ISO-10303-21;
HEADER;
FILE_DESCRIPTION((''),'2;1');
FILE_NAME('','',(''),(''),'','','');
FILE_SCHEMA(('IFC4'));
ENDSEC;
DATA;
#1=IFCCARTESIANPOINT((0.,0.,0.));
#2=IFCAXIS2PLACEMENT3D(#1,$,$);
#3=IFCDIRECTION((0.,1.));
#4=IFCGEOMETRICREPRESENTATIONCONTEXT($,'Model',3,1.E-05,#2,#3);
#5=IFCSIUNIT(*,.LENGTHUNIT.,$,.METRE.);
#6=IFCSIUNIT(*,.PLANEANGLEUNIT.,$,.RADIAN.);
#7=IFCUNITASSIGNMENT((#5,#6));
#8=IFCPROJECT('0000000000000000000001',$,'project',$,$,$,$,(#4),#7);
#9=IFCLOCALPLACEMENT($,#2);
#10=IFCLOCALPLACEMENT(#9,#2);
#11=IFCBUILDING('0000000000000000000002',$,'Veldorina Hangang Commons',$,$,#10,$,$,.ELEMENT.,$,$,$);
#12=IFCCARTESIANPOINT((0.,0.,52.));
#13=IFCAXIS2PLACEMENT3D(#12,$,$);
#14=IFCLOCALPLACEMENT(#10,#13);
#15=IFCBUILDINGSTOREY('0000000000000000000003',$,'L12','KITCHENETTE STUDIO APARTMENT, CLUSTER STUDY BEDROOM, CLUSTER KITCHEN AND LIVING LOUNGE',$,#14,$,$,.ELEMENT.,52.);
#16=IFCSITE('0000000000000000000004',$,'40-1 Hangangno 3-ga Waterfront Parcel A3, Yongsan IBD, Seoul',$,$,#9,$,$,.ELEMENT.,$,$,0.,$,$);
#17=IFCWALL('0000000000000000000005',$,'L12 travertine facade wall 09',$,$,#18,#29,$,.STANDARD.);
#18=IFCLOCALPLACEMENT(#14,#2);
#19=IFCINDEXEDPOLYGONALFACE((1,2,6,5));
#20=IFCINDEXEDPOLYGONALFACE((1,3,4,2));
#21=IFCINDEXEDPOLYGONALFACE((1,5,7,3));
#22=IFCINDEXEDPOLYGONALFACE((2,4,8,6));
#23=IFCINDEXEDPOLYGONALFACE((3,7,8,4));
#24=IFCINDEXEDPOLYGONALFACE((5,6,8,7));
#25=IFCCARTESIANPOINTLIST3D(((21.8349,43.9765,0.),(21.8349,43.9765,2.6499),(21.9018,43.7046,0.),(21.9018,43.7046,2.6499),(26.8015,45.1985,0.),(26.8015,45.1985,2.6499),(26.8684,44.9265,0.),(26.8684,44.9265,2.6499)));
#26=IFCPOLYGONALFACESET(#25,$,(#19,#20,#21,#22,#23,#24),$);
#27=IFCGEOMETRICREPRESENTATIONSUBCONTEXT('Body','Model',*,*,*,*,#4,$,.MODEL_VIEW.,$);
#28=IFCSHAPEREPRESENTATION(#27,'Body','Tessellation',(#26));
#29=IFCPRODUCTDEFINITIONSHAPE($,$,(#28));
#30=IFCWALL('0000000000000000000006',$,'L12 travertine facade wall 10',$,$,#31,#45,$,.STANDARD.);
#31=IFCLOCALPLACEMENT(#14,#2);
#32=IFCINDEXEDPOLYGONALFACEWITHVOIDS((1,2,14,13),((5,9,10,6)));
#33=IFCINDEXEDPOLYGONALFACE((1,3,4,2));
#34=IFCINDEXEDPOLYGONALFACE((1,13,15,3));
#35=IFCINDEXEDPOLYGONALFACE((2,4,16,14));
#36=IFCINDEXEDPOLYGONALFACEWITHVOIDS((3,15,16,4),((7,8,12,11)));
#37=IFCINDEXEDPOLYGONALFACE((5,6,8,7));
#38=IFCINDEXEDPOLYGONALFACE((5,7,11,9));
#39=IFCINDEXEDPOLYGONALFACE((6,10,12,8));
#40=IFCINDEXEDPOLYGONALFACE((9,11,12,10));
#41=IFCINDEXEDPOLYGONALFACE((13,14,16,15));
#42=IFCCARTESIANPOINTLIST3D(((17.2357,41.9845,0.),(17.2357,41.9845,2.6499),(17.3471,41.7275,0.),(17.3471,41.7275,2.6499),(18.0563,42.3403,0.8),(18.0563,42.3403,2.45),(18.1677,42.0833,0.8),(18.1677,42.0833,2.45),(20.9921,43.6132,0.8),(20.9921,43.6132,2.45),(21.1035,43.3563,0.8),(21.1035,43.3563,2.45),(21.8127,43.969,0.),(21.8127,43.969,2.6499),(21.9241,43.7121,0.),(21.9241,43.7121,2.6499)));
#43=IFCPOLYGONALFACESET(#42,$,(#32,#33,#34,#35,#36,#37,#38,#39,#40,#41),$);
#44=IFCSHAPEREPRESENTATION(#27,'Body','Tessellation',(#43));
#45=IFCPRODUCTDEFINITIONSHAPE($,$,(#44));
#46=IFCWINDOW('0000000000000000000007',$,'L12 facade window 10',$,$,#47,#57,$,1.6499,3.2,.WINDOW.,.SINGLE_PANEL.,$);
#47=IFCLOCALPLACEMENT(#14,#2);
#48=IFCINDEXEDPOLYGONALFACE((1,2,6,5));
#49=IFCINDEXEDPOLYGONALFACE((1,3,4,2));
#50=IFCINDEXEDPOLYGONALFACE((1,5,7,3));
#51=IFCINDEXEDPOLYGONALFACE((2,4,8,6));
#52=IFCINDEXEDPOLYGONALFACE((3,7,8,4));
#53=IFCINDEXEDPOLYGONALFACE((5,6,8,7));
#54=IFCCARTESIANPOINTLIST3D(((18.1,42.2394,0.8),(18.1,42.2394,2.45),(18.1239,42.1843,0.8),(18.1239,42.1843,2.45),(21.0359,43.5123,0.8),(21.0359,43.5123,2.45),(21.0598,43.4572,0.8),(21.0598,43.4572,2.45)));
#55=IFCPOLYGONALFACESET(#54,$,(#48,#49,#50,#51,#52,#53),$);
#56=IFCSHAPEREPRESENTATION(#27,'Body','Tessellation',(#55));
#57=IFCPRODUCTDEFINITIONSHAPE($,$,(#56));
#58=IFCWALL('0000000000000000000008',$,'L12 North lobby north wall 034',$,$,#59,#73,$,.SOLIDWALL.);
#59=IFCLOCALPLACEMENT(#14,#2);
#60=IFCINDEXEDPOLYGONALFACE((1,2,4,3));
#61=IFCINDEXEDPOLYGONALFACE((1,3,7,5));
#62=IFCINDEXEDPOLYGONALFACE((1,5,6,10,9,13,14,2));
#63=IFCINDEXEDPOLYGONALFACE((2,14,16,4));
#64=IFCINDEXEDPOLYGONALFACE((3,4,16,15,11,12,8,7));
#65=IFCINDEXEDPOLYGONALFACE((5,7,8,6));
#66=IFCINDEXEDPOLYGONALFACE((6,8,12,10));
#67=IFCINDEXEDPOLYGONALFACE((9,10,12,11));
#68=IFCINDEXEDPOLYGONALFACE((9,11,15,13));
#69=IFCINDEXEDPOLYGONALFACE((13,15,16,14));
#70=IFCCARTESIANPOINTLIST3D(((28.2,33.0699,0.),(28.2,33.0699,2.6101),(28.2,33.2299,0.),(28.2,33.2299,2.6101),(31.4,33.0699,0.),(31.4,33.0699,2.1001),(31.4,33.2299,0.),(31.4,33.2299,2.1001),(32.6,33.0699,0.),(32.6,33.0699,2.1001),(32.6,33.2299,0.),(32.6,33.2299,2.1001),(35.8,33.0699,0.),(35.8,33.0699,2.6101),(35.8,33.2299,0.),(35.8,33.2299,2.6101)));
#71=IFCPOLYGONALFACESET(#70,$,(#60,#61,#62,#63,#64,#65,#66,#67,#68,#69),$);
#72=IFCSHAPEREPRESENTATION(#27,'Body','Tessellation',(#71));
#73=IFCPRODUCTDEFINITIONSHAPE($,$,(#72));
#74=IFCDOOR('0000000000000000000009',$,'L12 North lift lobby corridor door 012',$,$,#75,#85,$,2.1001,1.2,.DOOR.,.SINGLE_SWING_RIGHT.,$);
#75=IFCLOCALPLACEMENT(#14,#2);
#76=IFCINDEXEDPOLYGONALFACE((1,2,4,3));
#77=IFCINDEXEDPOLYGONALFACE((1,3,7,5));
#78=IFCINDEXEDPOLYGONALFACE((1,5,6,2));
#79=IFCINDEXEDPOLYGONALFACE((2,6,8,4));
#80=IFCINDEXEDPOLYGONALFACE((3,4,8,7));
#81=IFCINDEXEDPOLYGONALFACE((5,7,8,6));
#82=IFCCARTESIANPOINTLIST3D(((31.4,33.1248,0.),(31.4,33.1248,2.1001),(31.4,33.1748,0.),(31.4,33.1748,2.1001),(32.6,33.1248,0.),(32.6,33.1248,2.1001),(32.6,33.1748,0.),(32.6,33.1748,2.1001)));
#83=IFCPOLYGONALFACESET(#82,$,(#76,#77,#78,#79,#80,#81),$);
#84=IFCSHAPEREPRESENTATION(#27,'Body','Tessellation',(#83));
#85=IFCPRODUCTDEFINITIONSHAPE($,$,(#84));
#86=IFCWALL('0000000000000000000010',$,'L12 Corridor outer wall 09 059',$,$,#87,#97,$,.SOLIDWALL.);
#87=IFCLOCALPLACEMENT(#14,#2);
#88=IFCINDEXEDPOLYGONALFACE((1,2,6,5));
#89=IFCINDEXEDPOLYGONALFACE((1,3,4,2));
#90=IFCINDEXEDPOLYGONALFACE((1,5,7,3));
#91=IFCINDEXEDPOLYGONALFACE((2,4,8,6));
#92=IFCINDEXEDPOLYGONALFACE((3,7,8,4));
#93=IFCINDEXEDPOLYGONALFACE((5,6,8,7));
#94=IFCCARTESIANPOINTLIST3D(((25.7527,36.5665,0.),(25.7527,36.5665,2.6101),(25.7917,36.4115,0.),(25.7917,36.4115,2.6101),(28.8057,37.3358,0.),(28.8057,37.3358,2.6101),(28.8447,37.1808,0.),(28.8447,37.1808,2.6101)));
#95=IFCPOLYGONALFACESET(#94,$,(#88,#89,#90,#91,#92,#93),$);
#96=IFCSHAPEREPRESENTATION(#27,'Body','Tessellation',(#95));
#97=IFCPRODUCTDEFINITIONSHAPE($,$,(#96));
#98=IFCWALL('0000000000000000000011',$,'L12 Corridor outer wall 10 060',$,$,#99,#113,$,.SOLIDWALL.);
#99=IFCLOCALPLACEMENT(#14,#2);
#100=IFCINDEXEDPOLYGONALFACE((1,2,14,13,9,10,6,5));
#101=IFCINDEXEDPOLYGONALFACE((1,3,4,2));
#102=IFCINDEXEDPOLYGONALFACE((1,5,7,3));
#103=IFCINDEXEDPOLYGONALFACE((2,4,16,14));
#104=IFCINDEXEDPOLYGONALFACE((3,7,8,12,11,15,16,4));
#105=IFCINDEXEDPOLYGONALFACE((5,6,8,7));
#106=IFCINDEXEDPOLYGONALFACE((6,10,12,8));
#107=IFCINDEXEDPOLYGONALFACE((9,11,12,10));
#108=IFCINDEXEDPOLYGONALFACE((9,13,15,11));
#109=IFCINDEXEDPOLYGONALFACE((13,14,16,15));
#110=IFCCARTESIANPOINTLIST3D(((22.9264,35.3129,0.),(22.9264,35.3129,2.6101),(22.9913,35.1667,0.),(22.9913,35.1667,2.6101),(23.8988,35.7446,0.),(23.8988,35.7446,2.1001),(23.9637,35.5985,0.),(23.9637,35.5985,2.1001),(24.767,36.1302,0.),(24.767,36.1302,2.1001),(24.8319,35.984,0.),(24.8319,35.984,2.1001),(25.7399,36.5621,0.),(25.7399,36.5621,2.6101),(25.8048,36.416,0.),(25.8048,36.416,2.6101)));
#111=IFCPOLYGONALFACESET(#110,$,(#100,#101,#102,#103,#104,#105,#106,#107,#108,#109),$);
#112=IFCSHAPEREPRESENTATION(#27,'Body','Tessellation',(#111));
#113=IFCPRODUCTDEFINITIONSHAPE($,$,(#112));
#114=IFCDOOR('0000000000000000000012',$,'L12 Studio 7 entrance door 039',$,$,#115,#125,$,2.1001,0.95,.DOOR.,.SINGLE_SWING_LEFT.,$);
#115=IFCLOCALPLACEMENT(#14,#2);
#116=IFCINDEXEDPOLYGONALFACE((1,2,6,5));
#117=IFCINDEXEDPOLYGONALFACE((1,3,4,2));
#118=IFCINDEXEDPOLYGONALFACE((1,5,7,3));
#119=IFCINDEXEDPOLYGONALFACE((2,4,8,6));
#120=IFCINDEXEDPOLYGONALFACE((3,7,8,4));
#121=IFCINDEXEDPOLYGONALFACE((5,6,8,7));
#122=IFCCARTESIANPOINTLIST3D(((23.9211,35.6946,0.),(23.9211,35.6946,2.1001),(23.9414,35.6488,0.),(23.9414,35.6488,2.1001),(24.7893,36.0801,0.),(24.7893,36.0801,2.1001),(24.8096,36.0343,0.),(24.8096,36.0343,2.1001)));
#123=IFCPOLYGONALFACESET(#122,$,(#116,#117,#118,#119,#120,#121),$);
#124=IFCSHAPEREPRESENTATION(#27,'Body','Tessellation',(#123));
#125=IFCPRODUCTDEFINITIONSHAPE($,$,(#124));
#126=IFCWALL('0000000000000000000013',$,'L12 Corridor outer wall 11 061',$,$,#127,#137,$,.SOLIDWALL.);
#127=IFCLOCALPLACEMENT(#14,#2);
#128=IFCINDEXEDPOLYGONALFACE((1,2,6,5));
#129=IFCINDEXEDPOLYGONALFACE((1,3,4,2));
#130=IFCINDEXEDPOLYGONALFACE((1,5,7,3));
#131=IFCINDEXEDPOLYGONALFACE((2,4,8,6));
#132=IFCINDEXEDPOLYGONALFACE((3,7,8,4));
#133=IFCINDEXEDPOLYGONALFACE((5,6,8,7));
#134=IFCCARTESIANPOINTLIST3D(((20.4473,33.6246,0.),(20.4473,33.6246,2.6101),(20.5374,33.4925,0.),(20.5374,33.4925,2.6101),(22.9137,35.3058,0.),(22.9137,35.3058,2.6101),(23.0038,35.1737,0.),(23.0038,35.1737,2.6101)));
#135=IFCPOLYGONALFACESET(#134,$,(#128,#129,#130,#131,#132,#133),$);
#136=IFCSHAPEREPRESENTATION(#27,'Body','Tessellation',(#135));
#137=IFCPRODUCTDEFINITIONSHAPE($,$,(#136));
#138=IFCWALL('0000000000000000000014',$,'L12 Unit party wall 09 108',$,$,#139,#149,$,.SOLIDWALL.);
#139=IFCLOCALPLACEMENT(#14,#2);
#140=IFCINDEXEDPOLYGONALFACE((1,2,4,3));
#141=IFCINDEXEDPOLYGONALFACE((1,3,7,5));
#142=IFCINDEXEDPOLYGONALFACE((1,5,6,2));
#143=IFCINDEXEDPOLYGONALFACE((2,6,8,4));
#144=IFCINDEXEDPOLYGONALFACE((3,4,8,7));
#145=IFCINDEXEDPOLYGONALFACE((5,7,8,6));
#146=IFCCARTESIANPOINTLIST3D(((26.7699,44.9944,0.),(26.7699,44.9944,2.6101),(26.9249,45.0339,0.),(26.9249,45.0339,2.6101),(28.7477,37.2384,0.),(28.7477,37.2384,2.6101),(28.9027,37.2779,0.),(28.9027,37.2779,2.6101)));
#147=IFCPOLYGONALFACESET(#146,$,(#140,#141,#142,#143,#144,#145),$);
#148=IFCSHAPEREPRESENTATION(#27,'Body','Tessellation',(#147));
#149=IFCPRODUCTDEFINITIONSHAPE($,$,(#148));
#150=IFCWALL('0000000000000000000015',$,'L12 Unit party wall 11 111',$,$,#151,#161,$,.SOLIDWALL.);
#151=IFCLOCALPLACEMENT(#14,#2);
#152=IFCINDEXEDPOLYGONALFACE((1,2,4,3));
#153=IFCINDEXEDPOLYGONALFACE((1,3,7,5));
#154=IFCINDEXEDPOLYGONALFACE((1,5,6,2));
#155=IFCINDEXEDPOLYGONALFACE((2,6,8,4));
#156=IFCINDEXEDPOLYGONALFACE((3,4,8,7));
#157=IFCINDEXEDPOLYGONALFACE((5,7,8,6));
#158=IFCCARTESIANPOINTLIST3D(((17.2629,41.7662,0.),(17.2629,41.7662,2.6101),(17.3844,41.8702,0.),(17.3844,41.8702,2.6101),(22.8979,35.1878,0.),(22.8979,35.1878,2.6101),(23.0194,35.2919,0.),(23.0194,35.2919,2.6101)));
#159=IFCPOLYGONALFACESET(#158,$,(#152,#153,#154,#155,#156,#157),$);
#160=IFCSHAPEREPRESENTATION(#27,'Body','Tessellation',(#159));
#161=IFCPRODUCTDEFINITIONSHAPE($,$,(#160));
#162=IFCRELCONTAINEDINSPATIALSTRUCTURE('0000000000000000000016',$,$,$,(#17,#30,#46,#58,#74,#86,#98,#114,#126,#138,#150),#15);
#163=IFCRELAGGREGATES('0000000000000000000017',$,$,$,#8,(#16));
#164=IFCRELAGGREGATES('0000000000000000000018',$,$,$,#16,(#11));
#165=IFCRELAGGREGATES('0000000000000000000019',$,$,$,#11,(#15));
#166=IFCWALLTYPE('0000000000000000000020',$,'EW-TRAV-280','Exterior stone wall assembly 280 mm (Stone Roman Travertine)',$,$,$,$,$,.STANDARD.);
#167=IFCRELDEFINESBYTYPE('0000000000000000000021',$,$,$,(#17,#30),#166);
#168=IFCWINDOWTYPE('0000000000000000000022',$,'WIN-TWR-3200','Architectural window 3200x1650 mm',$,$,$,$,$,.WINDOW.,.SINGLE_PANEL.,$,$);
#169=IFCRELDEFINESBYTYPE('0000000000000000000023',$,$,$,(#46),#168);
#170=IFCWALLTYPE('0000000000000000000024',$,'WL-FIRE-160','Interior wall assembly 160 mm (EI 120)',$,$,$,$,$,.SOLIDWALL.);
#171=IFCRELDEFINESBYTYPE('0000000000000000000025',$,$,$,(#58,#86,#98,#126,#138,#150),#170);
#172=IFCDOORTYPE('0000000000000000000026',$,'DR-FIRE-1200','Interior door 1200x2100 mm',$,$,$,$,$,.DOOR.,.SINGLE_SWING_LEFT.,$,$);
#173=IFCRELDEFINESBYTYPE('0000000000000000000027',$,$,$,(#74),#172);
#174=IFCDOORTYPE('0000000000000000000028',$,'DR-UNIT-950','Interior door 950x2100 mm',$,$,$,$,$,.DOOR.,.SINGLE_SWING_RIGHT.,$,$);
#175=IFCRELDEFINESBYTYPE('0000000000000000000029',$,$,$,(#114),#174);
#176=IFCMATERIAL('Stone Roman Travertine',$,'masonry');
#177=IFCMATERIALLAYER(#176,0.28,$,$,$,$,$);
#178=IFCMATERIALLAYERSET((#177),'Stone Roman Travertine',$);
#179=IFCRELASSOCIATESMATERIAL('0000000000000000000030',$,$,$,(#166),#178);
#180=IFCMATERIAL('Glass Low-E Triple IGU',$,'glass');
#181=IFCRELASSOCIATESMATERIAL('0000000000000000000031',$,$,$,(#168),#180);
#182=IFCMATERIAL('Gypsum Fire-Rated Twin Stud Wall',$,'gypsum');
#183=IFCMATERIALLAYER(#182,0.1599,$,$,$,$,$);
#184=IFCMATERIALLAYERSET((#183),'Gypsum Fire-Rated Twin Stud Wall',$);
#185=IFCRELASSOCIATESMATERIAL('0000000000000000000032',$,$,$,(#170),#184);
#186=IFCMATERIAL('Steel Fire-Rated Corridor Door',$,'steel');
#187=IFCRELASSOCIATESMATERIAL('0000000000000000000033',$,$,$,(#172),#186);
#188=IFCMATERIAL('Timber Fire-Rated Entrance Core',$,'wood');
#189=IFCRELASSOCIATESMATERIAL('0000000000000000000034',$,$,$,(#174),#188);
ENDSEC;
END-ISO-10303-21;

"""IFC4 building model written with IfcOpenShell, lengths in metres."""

from ifc_helpers import new_model, si_unit, direction, frame, frame_2d, origin, place, context, subcontext, project, spatial, rectangle, extrude, material, layer, layer_set, type_object, element, fill, save


model = new_model("IFC4")

# Units and contexts
model_context = context("Model", 3, precision=1e-05, world=origin(), true_north=direction((0.0, 1.0)))
body_context = subcontext(model_context, "Body", "Model", "MODEL_VIEW")
ifc_project = project(units=[si_unit("LENGTHUNIT", "METRE"), si_unit("PLANEANGLEUNIT", "RADIAN")], contexts=[model_context])

# Site, building, storey
site_placement = place(None, origin())
site = spatial("IfcSite", under=ifc_project, at=site_placement, Name="40-1 Hangangno 3-ga Waterfront Parcel A3, Yongsan IBD, Seoul", CompositionType="ELEMENT", RefElevation=0.0)
building_placement = place(site_placement, origin())
building = spatial("IfcBuilding", under=site, at=building_placement, Name="Veldorina Hangang Commons", CompositionType="ELEMENT")
storey_placement = place(building_placement, frame((0.0, 0.0, 52.0)))
storey = spatial("IfcBuildingStorey", under=building, at=storey_placement, Name="L12", Description="KITCHENETTE STUDIO APARTMENT, CLUSTER STUDY BEDROOM, CLUSTER KITCHEN AND LIVING LOUNGE", CompositionType="ELEMENT", Elevation=52.0)

# Wall
ifc_material_1 = material(Name="Stone Roman Travertine", Category="masonry")
ifc_layer_1 = layer(ifc_material_1, 0.28)
ifc_layer_set_1 = layer_set([ifc_layer_1], Name="Stone Roman Travertine")
wall_type_1 = type_object("IfcWallType", Name="EW-TRAV-280", Description="Exterior stone wall assembly 280 mm (Stone Roman Travertine)", PredefinedType="STANDARD", material=ifc_layer_set_1)
wall_1_placement = place(storey_placement, frame((26.835, 45.0625, 0.0), z_axis=(0.0, 0.0, 1.0), x_axis=(-0.971043, -0.238906, 0.0)))
element("IfcWall", 1, at=wall_1_placement, inside=storey, type_object=wall_type_1, Name="L12 travertine facade wall 09", PredefinedType="STANDARD", context=body_context, shape_type="SweptSolid", body=[
    extrude(rectangle(XDim=5.1147, YDim=0.28, at=frame_2d((2.5574, 0.0))), origin(), (0.0, 0.0, 1.0), 2.6499),
])

# Wall, opening, window
wall_2_placement = place(storey_placement, frame((21.8684, 43.8406, 0.0), z_axis=(0.0, 0.0, 1.0), x_axis=(-0.917469, -0.397808, 0.0)))
wall_2 = element("IfcWall", 2, at=wall_2_placement, inside=storey, type_object=wall_type_1, Name="L12 travertine facade wall 10", PredefinedType="STANDARD", context=body_context, shape_type="SweptSolid", body=[
    extrude(rectangle(XDim=4.9888, YDim=0.28, at=frame_2d((2.4944, 0.0))), origin(), (0.0, 0.0, 1.0), 2.6499),
])
opening_1_placement = place(wall_2_placement, frame((0.8943, 0.0, 0.8)))
opening_1 = element("IfcOpeningElement", 3, at=opening_1_placement, cuts=wall_2, PredefinedType="OPENING", context=body_context, shape_type="SweptSolid", body=[
    extrude(rectangle(XDim=3.2, YDim=1.6499, at=frame_2d((1.6001, 0.825))), frame((0.0, 0.1499, 0.0), z_axis=(0.0, -1.0, 0.0), x_axis=(1.0, 0.0, 0.0)), (0.0, 0.0, 1.0), 0.3),
])
ifc_material_2 = material(Name="Glass Low-E Triple IGU", Category="glass")
window_type = type_object("IfcWindowType", Name="WIN-TWR-3200", Description="Architectural window 3200x1650 mm", PartitioningType="SINGLE_PANEL", PredefinedType="WINDOW", material=ifc_material_2)
window_placement = place(opening_1_placement, origin())
window = element("IfcWindow", 4, at=window_placement, inside=storey, type_object=window_type, Name="L12 facade window 10", OverallHeight=1.6499, OverallWidth=3.2, PartitioningType="SINGLE_PANEL", PredefinedType="WINDOW", context=body_context, shape_type="SweptSolid", body=[
    extrude(rectangle(XDim=3.2, YDim=1.6499, at=frame_2d((1.6001, 0.825))), frame((0.0, 0.03, 0.0), z_axis=(0.0, -1.0, 0.0), x_axis=(1.0, 0.0, 0.0)), (0.0, 0.0, 1.0), 0.0601),
])
fill(opening_1, window)

# Wall, opening, door
ifc_material_3 = material(Name="Gypsum Fire-Rated Twin Stud Wall", Category="gypsum")
ifc_layer_2 = layer(ifc_material_3, 0.1599)
ifc_layer_set_2 = layer_set([ifc_layer_2], Name="Gypsum Fire-Rated Twin Stud Wall")
wall_type_2 = type_object("IfcWallType", Name="WL-FIRE-160", Description="Interior wall assembly 160 mm (EI 120)", PredefinedType="SOLIDWALL", material=ifc_layer_set_2)
wall_3_placement = place(storey_placement, frame((28.2, 33.1499, 0.0), z_axis=(0.0, 0.0, 1.0), x_axis=(1.0, 0.0, 0.0)))
wall_3 = element("IfcWall", 5, at=wall_3_placement, inside=storey, type_object=wall_type_2, Name="L12 North lobby north wall 034", PredefinedType="SOLIDWALL", context=body_context, shape_type="SweptSolid", body=[
    extrude(rectangle(XDim=7.6001, YDim=0.1599, at=frame_2d((3.8, 0.0))), origin(), (0.0, 0.0, 1.0), 2.6101),
])
opening_2_placement = place(wall_3_placement, frame((3.2, 0.0, 0.0)))
opening_2 = element("IfcOpeningElement", 6, at=opening_2_placement, cuts=wall_3, PredefinedType="OPENING", context=body_context, shape_type="SweptSolid", body=[
    extrude(rectangle(XDim=1.2, YDim=2.1001, at=frame_2d((0.6001, 1.05))), frame((0.0, 0.0898, 0.0), z_axis=(0.0, -1.0, 0.0), x_axis=(1.0, 0.0, 0.0)), (0.0, 0.0, 1.0), 0.1799),
])
ifc_material_4 = material(Name="Steel Fire-Rated Corridor Door", Category="steel")
door_type_1 = type_object("IfcDoorType", Name="DR-FIRE-1200", Description="Interior door 1200x2100 mm", OperationType="SINGLE_SWING_LEFT", PredefinedType="DOOR", material=ifc_material_4)
door_1_placement = place(opening_2_placement, origin())
door_1 = element("IfcDoor", 7, at=door_1_placement, inside=storey, type_object=door_type_1, Name="L12 North lift lobby corridor door 012", OperationType="SINGLE_SWING_RIGHT", OverallHeight=2.1001, OverallWidth=1.2, PredefinedType="DOOR", context=body_context, shape_type="SweptSolid", body=[
    extrude(rectangle(XDim=1.2, YDim=2.1001, at=frame_2d((0.6001, 1.05))), frame((0.0, 0.0249, 0.0), z_axis=(0.0, -1.0, 0.0), x_axis=(1.0, 0.0, 0.0)), (0.0, 0.0, 1.0), 0.05),
])
fill(opening_2, door_1)

# Wall
wall_4_placement = place(storey_placement, frame((28.8252, 37.2583, 0.0), z_axis=(0.0, 0.0, 1.0), x_axis=(-0.969689, -0.244342, 0.0)))
element("IfcWall", 8, at=wall_4_placement, inside=storey, type_object=wall_type_2, Name="L12 Corridor outer wall 09 059", PredefinedType="SOLIDWALL", context=body_context, shape_type="SweptSolid", body=[
    extrude(rectangle(XDim=3.1484, YDim=0.1599, at=frame_2d((1.5742, 0.0))), origin(), (0.0, 0.0, 1.0), 2.6101),
])

# Wall, opening, door
wall_5_placement = place(storey_placement, frame((25.7722, 36.489, 0.0), z_axis=(0.0, 0.0, 1.0), x_axis=(-0.913952, -0.405822, 0.0)))
wall_5 = element("IfcWall", 9, at=wall_5_placement, inside=storey, type_object=wall_type_2, Name="L12 Corridor outer wall 10 060", PredefinedType="SOLIDWALL", context=body_context, shape_type="SweptSolid", body=[
    extrude(rectangle(XDim=3.0784, YDim=0.1599, at=frame_2d((1.5391, 0.0))), origin(), (0.0, 0.0, 1.0), 2.6101),
])
opening_3_placement = place(wall_5_placement, frame((1.0642, 0.0, 0.0)))
opening_3 = element("IfcOpeningElement", 10, at=opening_3_placement, cuts=wall_5, PredefinedType="OPENING", context=body_context, shape_type="SweptSolid", body=[
    extrude(rectangle(XDim=0.95, YDim=2.1001, at=frame_2d((0.4751, 1.05))), frame((0.0, 0.0898, 0.0), z_axis=(0.0, -1.0, 0.0), x_axis=(1.0, 0.0, 0.0)), (0.0, 0.0, 1.0), 0.1799),
])
ifc_material_5 = material(Name="Timber Fire-Rated Entrance Core", Category="wood")
door_type_2 = type_object("IfcDoorType", Name="DR-UNIT-950", Description="Interior door 950x2100 mm", OperationType="SINGLE_SWING_RIGHT", PredefinedType="DOOR", material=ifc_material_5)
door_2_placement = place(opening_3_placement, origin())
door_2 = element("IfcDoor", 11, at=door_2_placement, inside=storey, type_object=door_type_2, Name="L12 Studio 7 entrance door 039", OperationType="SINGLE_SWING_LEFT", OverallHeight=2.1001, OverallWidth=0.95, PredefinedType="DOOR", context=body_context, shape_type="SweptSolid", body=[
    extrude(rectangle(XDim=0.95, YDim=2.1001, at=frame_2d((0.4751, 1.05))), frame((0.0, 0.0249, 0.0), z_axis=(0.0, -1.0, 0.0), x_axis=(1.0, 0.0, 0.0)), (0.0, 0.0, 1.0), 0.05),
])
fill(opening_3, door_2)

# Walls
wall_6_placement = place(storey_placement, frame((22.9587, 35.2397, 0.0), z_axis=(0.0, 0.0, 1.0), x_axis=(-0.826293, -0.56324, 0.0)))
element("IfcWall", 12, at=wall_6_placement, inside=storey, type_object=wall_type_2, Name="L12 Corridor outer wall 11 061", PredefinedType="SOLIDWALL", context=body_context, shape_type="SweptSolid", body=[
    extrude(rectangle(XDim=2.9849, YDim=0.1599, at=frame_2d((1.4924, 0.0))), origin(), (0.0, 0.0, 1.0), 2.6101),
])
wall_7_placement = place(storey_placement, frame((28.8252, 37.2583, 0.0), z_axis=(0.0, 0.0, 1.0), x_axis=(-0.247097, 0.968991, 0.0)))
element("IfcWall", 13, at=wall_7_placement, inside=storey, type_object=wall_type_2, Name="L12 Unit party wall 09 108", PredefinedType="SOLIDWALL", context=body_context, shape_type="SweptSolid", body=[
    extrude(rectangle(XDim=8.0042, YDim=0.1599, at=frame_2d((4.002, 0.0))), origin(), (0.0, 0.0, 1.0), 2.6101),
])
wall_8_placement = place(storey_placement, frame((22.9587, 35.2397, 0.0), z_axis=(0.0, 0.0, 1.0), x_axis=(-0.650552, 0.759461, 0.0)))
element("IfcWall", 14, at=wall_8_placement, inside=storey, type_object=wall_type_2, Name="L12 Unit party wall 11 111", PredefinedType="SOLIDWALL", context=body_context, shape_type="SweptSolid", body=[
    extrude(rectangle(XDim=8.6619, YDim=0.1599, at=frame_2d((4.3311, 0.0))), origin(), (0.0, 0.0, 1.0), 2.6101),
])

save(model, "model.ifc")
